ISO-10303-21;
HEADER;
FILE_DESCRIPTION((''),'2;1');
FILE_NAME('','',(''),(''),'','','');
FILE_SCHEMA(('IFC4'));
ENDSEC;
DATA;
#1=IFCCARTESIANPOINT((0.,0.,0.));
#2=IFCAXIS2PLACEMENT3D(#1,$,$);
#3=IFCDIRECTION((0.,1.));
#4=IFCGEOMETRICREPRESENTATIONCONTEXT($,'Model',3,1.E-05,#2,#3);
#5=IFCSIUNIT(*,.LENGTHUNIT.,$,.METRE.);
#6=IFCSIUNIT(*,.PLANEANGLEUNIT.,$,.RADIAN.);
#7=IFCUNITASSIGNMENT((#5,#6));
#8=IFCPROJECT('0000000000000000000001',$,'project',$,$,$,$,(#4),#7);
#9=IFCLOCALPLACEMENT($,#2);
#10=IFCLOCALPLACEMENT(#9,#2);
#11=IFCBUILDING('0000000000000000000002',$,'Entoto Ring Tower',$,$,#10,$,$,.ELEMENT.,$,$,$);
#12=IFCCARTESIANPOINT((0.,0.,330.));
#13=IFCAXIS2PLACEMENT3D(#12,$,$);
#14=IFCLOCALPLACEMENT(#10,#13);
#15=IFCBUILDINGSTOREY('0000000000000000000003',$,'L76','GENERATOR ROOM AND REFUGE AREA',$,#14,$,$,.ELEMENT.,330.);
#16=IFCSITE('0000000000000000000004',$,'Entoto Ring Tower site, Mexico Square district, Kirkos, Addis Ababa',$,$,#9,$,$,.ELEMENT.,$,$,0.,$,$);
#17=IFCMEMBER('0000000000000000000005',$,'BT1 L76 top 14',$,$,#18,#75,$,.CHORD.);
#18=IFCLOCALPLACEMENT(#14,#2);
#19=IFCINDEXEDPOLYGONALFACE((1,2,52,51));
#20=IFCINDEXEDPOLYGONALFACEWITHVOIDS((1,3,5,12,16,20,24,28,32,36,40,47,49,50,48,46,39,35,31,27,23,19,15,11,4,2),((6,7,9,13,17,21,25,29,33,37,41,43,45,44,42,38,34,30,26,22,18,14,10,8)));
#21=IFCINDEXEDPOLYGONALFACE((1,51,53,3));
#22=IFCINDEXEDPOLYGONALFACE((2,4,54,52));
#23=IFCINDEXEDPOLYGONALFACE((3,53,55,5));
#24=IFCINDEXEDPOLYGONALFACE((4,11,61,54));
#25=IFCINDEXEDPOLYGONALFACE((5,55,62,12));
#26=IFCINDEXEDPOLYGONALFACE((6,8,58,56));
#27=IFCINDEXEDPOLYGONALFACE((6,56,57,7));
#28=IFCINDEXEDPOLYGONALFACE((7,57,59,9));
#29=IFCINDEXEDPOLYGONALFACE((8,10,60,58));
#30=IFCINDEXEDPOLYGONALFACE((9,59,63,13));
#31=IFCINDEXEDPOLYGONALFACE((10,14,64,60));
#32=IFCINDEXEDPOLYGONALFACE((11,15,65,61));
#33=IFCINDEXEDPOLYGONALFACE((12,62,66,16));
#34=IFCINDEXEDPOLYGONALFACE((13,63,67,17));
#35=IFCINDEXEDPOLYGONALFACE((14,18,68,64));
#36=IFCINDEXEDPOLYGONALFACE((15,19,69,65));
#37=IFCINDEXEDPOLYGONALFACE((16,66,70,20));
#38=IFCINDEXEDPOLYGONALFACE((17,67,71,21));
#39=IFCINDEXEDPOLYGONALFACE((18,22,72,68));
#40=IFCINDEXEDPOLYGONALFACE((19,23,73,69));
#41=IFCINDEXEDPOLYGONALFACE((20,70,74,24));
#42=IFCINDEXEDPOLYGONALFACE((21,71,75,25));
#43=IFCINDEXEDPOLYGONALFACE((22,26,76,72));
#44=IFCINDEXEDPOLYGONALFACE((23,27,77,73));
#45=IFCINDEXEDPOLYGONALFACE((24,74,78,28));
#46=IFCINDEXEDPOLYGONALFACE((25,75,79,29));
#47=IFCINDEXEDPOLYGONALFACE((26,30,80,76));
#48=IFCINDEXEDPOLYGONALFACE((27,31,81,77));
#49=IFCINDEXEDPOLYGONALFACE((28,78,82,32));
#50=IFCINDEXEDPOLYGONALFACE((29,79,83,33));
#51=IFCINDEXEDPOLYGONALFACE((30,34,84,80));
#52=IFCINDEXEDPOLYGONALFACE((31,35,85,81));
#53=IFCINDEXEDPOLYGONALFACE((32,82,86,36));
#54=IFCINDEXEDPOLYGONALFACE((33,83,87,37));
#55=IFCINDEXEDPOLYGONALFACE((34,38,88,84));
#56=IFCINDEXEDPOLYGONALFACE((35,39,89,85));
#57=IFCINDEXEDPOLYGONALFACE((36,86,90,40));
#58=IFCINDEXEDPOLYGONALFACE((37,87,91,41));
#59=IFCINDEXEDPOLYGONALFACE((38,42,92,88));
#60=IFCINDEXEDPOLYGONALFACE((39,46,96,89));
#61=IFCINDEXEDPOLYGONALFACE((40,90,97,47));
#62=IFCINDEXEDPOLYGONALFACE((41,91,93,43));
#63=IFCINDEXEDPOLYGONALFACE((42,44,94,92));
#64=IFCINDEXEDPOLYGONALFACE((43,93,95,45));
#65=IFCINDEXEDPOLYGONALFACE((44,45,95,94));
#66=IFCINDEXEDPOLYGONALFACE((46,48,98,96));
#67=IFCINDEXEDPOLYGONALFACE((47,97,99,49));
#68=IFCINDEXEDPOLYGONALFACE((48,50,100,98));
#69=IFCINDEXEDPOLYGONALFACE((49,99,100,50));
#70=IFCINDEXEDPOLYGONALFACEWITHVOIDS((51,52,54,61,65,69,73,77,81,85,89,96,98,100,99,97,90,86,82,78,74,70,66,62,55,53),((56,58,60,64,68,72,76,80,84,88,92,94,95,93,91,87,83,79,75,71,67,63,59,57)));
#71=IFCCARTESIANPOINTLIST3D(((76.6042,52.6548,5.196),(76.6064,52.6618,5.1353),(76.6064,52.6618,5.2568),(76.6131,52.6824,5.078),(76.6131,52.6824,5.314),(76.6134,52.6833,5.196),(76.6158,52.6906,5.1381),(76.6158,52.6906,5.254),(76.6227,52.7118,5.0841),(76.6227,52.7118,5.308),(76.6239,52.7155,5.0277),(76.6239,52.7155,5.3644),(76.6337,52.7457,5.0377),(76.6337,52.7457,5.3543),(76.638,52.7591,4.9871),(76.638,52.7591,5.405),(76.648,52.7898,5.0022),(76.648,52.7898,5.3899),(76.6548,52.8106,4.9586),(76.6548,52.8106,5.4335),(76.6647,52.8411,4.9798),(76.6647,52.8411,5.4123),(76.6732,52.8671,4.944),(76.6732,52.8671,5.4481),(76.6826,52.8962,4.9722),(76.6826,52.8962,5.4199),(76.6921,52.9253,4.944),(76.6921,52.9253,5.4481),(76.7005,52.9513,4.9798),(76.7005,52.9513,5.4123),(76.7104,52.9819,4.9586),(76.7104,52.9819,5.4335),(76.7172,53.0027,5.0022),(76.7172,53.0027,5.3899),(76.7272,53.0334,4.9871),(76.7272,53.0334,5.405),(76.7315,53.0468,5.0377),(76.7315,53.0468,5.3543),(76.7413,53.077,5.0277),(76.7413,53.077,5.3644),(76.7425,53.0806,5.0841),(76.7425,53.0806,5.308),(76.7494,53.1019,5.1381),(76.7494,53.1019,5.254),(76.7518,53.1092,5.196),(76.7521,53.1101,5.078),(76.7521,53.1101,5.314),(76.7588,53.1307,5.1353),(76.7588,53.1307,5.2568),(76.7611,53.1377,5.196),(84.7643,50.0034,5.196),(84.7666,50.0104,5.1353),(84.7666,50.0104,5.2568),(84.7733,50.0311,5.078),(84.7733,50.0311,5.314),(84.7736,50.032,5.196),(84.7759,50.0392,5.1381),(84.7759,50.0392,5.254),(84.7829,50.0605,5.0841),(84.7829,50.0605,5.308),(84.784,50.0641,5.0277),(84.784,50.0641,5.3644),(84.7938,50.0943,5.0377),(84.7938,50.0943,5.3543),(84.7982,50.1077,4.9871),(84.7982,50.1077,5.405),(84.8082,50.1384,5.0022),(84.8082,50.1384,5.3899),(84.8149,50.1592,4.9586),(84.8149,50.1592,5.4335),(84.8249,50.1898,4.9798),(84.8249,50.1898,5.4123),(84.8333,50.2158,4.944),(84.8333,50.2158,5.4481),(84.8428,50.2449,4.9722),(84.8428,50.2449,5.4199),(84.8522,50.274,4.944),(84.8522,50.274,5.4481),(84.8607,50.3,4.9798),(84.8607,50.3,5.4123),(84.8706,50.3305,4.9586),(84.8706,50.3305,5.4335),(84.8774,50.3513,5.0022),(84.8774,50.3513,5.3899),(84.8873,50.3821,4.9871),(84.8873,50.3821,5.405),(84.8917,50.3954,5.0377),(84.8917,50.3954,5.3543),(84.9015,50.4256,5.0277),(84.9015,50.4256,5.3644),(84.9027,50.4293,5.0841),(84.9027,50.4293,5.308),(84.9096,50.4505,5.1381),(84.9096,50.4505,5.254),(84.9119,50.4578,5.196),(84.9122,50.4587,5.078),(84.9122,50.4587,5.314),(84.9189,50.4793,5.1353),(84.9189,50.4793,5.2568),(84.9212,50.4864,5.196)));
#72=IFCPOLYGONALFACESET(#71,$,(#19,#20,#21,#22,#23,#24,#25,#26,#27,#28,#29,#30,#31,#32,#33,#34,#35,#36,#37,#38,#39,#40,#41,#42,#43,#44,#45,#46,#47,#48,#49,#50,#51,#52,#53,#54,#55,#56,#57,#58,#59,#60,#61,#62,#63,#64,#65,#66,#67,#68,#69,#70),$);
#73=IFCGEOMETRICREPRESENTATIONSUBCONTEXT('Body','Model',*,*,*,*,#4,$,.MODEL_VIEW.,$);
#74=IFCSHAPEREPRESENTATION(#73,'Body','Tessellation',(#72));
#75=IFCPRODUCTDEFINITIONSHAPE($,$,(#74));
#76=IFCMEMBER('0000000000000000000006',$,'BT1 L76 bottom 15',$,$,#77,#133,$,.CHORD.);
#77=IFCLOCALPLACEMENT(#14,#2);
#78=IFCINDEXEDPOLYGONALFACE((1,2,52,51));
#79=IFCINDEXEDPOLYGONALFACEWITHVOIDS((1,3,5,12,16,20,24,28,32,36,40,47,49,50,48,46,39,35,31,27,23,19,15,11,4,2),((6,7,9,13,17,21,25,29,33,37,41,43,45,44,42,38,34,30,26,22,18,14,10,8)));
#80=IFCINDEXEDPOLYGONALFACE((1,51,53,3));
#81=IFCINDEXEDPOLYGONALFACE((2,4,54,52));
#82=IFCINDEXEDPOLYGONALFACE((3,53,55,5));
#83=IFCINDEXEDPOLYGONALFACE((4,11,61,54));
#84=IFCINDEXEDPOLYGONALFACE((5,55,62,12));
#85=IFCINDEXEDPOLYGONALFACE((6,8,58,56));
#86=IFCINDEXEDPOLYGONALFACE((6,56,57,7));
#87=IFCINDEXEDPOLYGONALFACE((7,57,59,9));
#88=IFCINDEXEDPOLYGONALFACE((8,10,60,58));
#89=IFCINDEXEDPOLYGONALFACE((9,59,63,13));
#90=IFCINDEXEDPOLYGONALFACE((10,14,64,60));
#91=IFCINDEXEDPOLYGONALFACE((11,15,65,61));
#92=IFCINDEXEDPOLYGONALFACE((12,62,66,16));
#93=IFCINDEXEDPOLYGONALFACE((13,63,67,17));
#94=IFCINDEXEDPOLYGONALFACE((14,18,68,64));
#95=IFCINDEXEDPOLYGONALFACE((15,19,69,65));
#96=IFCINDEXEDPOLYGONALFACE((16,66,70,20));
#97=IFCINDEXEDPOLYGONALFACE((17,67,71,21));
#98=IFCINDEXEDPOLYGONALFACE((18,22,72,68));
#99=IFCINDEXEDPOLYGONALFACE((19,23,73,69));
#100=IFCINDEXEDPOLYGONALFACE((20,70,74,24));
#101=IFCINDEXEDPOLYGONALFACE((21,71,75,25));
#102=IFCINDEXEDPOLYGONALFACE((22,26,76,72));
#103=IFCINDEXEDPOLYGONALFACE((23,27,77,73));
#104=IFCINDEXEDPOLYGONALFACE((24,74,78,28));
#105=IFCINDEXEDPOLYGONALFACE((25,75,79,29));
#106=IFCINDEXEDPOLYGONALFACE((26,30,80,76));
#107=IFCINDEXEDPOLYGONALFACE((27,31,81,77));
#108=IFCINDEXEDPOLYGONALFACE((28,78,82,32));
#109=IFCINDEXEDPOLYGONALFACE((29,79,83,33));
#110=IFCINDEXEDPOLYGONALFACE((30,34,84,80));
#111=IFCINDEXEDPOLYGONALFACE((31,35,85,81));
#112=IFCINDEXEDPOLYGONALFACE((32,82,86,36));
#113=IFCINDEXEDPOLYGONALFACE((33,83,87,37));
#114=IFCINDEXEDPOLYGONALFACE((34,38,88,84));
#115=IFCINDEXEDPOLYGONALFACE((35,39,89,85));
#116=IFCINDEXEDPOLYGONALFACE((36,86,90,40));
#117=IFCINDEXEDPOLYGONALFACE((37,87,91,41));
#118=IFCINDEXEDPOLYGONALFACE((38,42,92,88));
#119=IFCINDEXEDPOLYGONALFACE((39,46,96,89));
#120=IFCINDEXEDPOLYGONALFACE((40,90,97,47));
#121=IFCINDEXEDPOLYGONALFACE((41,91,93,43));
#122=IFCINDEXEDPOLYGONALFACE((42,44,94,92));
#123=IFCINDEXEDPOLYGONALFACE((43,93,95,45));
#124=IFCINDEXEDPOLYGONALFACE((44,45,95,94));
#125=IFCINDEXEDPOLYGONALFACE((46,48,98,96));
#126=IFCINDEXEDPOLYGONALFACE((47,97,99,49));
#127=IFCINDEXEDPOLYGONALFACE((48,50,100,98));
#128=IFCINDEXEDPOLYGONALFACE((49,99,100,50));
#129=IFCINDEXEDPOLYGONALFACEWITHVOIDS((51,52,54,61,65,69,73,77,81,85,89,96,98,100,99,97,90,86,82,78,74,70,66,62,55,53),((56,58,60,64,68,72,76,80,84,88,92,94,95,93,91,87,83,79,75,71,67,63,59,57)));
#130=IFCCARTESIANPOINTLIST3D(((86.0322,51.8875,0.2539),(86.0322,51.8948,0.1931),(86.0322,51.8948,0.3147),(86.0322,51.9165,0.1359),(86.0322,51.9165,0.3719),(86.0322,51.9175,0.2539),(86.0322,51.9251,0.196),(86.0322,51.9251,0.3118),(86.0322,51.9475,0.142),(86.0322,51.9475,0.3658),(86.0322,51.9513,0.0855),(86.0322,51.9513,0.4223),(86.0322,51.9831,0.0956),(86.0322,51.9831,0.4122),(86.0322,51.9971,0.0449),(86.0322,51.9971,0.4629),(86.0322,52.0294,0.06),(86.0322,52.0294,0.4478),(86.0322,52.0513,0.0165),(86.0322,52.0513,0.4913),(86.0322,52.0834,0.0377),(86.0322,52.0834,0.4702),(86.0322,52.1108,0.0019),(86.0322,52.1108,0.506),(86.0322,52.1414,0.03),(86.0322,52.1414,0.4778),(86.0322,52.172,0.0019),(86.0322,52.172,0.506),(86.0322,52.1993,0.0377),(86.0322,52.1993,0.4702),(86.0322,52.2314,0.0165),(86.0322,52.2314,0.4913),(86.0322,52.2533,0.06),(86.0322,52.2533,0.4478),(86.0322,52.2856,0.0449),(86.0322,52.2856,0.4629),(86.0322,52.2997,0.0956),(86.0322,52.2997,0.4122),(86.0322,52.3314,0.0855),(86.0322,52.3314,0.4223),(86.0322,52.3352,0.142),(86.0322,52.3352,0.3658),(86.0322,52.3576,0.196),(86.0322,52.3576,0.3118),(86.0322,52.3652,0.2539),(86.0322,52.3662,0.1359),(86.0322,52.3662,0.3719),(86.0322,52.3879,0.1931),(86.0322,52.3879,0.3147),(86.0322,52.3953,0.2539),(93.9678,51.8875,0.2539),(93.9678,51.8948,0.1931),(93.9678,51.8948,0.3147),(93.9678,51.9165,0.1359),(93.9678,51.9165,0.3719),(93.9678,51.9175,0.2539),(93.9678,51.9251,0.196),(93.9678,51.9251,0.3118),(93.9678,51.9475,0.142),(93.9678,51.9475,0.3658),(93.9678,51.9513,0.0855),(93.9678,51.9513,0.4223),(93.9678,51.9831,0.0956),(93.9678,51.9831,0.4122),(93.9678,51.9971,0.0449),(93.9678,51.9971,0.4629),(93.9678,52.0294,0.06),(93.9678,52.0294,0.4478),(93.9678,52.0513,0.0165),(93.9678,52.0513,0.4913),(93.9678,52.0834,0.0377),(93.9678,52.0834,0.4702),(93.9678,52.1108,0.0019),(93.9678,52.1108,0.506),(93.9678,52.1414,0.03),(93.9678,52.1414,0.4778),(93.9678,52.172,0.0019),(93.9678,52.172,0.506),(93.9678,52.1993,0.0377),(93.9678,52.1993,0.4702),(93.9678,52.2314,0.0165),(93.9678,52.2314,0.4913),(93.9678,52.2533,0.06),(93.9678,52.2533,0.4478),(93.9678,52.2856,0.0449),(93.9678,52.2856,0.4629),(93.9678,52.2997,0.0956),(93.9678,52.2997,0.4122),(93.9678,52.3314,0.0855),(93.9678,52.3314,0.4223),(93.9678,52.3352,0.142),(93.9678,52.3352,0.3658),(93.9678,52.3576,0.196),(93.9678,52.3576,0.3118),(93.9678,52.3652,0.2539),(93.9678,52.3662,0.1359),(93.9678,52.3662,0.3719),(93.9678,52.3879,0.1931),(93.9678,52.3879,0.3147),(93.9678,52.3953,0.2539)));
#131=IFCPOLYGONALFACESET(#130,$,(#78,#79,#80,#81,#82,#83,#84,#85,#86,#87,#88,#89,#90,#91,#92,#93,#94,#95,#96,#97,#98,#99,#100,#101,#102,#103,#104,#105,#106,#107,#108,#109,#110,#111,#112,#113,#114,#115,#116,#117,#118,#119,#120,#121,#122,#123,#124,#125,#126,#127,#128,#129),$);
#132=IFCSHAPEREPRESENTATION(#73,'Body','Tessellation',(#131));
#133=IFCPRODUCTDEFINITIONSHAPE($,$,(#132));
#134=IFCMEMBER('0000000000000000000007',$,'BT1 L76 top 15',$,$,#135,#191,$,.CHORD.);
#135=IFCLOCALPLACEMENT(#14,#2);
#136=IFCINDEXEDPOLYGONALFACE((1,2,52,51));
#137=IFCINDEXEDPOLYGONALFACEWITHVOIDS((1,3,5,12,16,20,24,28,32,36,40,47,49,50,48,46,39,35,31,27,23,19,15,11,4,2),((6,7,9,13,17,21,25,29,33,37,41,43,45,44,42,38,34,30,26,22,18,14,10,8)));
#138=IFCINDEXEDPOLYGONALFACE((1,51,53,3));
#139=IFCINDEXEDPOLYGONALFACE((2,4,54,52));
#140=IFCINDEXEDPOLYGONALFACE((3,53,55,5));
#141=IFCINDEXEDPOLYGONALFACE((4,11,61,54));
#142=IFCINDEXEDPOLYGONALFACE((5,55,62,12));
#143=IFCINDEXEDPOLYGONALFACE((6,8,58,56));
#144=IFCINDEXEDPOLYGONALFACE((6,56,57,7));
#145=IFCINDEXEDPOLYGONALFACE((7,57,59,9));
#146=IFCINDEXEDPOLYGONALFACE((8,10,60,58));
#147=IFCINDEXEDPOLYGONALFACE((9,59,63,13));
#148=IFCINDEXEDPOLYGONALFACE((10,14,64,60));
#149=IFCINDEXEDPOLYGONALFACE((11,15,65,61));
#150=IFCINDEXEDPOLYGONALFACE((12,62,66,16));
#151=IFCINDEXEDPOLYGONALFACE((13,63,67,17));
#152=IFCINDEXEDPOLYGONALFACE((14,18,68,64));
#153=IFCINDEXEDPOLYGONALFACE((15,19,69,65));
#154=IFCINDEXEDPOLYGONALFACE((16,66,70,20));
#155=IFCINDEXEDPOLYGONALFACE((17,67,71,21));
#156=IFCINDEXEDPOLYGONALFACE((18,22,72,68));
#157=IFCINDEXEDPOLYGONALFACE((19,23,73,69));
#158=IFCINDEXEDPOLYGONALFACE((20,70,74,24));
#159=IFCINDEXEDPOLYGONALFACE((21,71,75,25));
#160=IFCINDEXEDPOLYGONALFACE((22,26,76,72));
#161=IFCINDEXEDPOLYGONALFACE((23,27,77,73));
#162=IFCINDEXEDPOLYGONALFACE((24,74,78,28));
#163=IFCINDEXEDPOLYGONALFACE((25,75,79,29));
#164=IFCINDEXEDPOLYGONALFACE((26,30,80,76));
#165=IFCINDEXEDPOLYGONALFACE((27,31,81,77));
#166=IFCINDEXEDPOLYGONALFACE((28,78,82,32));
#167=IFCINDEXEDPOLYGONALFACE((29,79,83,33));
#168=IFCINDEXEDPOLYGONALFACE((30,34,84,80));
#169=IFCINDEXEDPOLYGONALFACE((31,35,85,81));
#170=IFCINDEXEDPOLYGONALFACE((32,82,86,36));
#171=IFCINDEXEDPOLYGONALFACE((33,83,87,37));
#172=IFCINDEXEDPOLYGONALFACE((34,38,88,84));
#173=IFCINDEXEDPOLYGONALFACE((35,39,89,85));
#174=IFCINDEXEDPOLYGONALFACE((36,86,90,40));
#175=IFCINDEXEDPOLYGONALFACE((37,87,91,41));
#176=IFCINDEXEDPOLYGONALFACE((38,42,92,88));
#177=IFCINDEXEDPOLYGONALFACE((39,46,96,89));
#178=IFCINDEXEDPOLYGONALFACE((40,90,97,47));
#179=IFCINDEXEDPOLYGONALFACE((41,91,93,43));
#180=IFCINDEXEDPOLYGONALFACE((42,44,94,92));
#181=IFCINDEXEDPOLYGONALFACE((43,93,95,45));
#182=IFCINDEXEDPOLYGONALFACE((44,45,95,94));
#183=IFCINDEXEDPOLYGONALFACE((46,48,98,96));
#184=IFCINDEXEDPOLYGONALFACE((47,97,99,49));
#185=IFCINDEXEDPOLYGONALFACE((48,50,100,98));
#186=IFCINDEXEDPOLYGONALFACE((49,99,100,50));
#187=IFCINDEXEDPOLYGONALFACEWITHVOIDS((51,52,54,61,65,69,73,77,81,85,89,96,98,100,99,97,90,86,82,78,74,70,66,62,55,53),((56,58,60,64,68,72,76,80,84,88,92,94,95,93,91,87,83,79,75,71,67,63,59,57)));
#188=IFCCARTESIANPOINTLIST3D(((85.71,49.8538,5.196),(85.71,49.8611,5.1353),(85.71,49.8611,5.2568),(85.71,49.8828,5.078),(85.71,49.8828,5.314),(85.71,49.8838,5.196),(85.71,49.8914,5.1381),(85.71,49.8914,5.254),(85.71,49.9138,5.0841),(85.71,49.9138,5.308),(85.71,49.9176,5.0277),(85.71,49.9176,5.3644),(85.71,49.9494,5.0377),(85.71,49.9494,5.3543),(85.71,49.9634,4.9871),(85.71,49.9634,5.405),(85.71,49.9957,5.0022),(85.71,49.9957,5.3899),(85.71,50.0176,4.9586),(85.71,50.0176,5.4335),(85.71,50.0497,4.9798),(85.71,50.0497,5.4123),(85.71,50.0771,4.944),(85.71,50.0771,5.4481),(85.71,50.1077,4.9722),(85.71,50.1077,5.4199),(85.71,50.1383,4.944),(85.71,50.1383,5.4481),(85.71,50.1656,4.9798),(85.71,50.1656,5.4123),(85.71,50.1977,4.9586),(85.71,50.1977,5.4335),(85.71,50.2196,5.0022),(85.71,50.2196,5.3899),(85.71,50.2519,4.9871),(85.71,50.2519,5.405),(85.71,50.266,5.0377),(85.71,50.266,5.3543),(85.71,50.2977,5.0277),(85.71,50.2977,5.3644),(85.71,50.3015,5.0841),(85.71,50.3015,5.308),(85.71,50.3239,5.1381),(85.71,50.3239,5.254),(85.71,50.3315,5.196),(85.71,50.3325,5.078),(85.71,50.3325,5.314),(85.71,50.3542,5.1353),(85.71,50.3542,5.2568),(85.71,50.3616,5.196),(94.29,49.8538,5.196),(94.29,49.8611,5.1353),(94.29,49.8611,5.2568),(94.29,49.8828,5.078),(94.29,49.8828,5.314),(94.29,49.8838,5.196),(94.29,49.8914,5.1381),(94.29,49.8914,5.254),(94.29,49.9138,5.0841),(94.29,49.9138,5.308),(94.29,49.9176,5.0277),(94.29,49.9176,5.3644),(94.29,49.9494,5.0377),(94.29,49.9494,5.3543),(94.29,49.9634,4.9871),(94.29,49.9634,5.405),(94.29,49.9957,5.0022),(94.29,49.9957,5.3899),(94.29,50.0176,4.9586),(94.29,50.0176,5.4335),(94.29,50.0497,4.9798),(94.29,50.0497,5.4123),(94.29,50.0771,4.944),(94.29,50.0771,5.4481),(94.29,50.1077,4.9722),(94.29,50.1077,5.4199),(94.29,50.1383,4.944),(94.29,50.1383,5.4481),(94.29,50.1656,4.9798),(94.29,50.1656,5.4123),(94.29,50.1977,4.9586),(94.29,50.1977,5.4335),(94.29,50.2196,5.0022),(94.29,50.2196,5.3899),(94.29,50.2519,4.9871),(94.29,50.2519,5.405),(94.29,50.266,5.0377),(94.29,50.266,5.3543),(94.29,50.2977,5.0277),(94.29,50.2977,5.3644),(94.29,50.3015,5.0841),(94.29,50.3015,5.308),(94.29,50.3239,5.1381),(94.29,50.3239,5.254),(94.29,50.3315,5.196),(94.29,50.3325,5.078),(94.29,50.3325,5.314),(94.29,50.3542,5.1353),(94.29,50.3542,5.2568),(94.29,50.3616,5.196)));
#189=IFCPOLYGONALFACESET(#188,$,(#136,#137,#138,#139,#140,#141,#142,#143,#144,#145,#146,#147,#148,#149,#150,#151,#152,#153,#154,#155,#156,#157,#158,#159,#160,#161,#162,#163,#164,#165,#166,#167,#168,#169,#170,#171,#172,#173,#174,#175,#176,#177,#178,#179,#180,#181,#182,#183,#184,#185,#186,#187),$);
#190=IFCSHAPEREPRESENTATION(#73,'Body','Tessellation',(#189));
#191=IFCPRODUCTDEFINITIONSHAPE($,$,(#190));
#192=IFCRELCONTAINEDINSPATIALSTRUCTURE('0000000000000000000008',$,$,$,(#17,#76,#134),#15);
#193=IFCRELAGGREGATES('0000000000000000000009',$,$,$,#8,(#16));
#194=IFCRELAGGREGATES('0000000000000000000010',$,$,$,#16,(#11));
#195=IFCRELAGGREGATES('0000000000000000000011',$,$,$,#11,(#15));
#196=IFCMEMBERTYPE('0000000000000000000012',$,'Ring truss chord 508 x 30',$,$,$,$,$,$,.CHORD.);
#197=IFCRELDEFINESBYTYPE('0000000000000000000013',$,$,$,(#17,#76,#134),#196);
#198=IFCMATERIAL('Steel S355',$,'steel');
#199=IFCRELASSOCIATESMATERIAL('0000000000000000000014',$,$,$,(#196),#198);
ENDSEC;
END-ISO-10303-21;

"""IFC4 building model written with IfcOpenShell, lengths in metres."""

from ifc_helpers import new_model, si_unit, direction, frame, origin, origin_2d, place, context, subcontext, project, spatial, circle, hollow_circle, extrude, material, material_profile, profile_set, type_object, element, save


model = new_model("IFC4")

# Units and contexts
model_context = context("Model", 3, precision=1e-05, world=origin(), true_north=direction((0.0, 1.0)))
body_context = subcontext(model_context, "Body", "Model", "MODEL_VIEW")
ifc_project = project(units=[si_unit("LENGTHUNIT", "METRE"), si_unit("PLANEANGLEUNIT", "RADIAN")], contexts=[model_context])

# Site, building, storey
site_placement = place(None, origin())
site = spatial("IfcSite", under=ifc_project, at=site_placement, Name="Entoto Ring Tower site, Mexico Square district, Kirkos, Addis Ababa", CompositionType="ELEMENT", RefElevation=0.0)
building_placement = place(site_placement, origin())
building = spatial("IfcBuilding", under=site, at=building_placement, Name="Entoto Ring Tower", CompositionType="ELEMENT")
storey_placement = place(building_placement, frame((0.0, 0.0, 330.0)))
storey = spatial("IfcBuildingStorey", under=building, at=storey_placement, Name="L76", Description="GENERATOR ROOM AND REFUGE AREA", CompositionType="ELEMENT", Elevation=330.0)

# Members
ifc_material_1 = material(Name="Steel S355", Category="steel")
ifc_material_profile_1 = material_profile(ifc_material_1, hollow_circle(Radius=0.2539, WallThickness=0.03, at=origin_2d()), Name="CHS 508 x 30")
ifc_material_2 = material(Name="Concrete C60/75", Category="concrete")
ifc_material_profile_2 = material_profile(ifc_material_2, circle(Radius=0.2241, at=origin_2d()), Name="Concrete C60/75 infill")
ifc_profile_set_1 = profile_set([ifc_material_profile_1, ifc_material_profile_2], Name="Steel S355")
member_type_1 = type_object("IfcMemberType", Name="Ring truss chord 508 x 30", PredefinedType="CHORD", material=ifc_profile_set_1)
member_1_placement = place(storey_placement, frame((76.6826, 52.8962, 5.196), z_axis=(0.951057, -0.309014, 0.0), x_axis=(0.309014, 0.951057, 0.0)))
element("IfcMember", 1, at=member_1_placement, inside=storey, type_object=member_type_1, Name="BT1 L76 top 14", PredefinedType="CHORD", context=body_context, shape_type="SweptSolid", body=[
    extrude(hollow_circle(Radius=0.2539, WallThickness=0.03, at=origin_2d()), origin(), (0.0, 0.0, 1.0), 8.5801),
])
member_2_placement = place(storey_placement, frame((86.0322, 52.1414, 0.2539), z_axis=(1.0, 0.0, 0.0), x_axis=(0.0, 1.0, 0.0)))
element("IfcMember", 2, at=member_2_placement, inside=storey, type_object=member_type_1, Name="BT1 L76 bottom 15", PredefinedType="CHORD", context=body_context, shape_type="SweptSolid", body=[
    extrude(hollow_circle(Radius=0.2539, WallThickness=0.03, at=origin_2d()), origin(), (0.0, 0.0, 1.0), 7.9355),
])
member_3_placement = place(storey_placement, frame((85.71, 50.1077, 5.196), z_axis=(1.0, 0.0, 0.0), x_axis=(0.0, 1.0, 0.0)))
element("IfcMember", 3, at=member_3_placement, inside=storey, type_object=member_type_1, Name="BT1 L76 top 15", PredefinedType="CHORD", context=body_context, shape_type="SweptSolid", body=[
    extrude(hollow_circle(Radius=0.2539, WallThickness=0.03, at=origin_2d()), origin(), (0.0, 0.0, 1.0), 8.5801),
])

save(model, "model.ifc")
